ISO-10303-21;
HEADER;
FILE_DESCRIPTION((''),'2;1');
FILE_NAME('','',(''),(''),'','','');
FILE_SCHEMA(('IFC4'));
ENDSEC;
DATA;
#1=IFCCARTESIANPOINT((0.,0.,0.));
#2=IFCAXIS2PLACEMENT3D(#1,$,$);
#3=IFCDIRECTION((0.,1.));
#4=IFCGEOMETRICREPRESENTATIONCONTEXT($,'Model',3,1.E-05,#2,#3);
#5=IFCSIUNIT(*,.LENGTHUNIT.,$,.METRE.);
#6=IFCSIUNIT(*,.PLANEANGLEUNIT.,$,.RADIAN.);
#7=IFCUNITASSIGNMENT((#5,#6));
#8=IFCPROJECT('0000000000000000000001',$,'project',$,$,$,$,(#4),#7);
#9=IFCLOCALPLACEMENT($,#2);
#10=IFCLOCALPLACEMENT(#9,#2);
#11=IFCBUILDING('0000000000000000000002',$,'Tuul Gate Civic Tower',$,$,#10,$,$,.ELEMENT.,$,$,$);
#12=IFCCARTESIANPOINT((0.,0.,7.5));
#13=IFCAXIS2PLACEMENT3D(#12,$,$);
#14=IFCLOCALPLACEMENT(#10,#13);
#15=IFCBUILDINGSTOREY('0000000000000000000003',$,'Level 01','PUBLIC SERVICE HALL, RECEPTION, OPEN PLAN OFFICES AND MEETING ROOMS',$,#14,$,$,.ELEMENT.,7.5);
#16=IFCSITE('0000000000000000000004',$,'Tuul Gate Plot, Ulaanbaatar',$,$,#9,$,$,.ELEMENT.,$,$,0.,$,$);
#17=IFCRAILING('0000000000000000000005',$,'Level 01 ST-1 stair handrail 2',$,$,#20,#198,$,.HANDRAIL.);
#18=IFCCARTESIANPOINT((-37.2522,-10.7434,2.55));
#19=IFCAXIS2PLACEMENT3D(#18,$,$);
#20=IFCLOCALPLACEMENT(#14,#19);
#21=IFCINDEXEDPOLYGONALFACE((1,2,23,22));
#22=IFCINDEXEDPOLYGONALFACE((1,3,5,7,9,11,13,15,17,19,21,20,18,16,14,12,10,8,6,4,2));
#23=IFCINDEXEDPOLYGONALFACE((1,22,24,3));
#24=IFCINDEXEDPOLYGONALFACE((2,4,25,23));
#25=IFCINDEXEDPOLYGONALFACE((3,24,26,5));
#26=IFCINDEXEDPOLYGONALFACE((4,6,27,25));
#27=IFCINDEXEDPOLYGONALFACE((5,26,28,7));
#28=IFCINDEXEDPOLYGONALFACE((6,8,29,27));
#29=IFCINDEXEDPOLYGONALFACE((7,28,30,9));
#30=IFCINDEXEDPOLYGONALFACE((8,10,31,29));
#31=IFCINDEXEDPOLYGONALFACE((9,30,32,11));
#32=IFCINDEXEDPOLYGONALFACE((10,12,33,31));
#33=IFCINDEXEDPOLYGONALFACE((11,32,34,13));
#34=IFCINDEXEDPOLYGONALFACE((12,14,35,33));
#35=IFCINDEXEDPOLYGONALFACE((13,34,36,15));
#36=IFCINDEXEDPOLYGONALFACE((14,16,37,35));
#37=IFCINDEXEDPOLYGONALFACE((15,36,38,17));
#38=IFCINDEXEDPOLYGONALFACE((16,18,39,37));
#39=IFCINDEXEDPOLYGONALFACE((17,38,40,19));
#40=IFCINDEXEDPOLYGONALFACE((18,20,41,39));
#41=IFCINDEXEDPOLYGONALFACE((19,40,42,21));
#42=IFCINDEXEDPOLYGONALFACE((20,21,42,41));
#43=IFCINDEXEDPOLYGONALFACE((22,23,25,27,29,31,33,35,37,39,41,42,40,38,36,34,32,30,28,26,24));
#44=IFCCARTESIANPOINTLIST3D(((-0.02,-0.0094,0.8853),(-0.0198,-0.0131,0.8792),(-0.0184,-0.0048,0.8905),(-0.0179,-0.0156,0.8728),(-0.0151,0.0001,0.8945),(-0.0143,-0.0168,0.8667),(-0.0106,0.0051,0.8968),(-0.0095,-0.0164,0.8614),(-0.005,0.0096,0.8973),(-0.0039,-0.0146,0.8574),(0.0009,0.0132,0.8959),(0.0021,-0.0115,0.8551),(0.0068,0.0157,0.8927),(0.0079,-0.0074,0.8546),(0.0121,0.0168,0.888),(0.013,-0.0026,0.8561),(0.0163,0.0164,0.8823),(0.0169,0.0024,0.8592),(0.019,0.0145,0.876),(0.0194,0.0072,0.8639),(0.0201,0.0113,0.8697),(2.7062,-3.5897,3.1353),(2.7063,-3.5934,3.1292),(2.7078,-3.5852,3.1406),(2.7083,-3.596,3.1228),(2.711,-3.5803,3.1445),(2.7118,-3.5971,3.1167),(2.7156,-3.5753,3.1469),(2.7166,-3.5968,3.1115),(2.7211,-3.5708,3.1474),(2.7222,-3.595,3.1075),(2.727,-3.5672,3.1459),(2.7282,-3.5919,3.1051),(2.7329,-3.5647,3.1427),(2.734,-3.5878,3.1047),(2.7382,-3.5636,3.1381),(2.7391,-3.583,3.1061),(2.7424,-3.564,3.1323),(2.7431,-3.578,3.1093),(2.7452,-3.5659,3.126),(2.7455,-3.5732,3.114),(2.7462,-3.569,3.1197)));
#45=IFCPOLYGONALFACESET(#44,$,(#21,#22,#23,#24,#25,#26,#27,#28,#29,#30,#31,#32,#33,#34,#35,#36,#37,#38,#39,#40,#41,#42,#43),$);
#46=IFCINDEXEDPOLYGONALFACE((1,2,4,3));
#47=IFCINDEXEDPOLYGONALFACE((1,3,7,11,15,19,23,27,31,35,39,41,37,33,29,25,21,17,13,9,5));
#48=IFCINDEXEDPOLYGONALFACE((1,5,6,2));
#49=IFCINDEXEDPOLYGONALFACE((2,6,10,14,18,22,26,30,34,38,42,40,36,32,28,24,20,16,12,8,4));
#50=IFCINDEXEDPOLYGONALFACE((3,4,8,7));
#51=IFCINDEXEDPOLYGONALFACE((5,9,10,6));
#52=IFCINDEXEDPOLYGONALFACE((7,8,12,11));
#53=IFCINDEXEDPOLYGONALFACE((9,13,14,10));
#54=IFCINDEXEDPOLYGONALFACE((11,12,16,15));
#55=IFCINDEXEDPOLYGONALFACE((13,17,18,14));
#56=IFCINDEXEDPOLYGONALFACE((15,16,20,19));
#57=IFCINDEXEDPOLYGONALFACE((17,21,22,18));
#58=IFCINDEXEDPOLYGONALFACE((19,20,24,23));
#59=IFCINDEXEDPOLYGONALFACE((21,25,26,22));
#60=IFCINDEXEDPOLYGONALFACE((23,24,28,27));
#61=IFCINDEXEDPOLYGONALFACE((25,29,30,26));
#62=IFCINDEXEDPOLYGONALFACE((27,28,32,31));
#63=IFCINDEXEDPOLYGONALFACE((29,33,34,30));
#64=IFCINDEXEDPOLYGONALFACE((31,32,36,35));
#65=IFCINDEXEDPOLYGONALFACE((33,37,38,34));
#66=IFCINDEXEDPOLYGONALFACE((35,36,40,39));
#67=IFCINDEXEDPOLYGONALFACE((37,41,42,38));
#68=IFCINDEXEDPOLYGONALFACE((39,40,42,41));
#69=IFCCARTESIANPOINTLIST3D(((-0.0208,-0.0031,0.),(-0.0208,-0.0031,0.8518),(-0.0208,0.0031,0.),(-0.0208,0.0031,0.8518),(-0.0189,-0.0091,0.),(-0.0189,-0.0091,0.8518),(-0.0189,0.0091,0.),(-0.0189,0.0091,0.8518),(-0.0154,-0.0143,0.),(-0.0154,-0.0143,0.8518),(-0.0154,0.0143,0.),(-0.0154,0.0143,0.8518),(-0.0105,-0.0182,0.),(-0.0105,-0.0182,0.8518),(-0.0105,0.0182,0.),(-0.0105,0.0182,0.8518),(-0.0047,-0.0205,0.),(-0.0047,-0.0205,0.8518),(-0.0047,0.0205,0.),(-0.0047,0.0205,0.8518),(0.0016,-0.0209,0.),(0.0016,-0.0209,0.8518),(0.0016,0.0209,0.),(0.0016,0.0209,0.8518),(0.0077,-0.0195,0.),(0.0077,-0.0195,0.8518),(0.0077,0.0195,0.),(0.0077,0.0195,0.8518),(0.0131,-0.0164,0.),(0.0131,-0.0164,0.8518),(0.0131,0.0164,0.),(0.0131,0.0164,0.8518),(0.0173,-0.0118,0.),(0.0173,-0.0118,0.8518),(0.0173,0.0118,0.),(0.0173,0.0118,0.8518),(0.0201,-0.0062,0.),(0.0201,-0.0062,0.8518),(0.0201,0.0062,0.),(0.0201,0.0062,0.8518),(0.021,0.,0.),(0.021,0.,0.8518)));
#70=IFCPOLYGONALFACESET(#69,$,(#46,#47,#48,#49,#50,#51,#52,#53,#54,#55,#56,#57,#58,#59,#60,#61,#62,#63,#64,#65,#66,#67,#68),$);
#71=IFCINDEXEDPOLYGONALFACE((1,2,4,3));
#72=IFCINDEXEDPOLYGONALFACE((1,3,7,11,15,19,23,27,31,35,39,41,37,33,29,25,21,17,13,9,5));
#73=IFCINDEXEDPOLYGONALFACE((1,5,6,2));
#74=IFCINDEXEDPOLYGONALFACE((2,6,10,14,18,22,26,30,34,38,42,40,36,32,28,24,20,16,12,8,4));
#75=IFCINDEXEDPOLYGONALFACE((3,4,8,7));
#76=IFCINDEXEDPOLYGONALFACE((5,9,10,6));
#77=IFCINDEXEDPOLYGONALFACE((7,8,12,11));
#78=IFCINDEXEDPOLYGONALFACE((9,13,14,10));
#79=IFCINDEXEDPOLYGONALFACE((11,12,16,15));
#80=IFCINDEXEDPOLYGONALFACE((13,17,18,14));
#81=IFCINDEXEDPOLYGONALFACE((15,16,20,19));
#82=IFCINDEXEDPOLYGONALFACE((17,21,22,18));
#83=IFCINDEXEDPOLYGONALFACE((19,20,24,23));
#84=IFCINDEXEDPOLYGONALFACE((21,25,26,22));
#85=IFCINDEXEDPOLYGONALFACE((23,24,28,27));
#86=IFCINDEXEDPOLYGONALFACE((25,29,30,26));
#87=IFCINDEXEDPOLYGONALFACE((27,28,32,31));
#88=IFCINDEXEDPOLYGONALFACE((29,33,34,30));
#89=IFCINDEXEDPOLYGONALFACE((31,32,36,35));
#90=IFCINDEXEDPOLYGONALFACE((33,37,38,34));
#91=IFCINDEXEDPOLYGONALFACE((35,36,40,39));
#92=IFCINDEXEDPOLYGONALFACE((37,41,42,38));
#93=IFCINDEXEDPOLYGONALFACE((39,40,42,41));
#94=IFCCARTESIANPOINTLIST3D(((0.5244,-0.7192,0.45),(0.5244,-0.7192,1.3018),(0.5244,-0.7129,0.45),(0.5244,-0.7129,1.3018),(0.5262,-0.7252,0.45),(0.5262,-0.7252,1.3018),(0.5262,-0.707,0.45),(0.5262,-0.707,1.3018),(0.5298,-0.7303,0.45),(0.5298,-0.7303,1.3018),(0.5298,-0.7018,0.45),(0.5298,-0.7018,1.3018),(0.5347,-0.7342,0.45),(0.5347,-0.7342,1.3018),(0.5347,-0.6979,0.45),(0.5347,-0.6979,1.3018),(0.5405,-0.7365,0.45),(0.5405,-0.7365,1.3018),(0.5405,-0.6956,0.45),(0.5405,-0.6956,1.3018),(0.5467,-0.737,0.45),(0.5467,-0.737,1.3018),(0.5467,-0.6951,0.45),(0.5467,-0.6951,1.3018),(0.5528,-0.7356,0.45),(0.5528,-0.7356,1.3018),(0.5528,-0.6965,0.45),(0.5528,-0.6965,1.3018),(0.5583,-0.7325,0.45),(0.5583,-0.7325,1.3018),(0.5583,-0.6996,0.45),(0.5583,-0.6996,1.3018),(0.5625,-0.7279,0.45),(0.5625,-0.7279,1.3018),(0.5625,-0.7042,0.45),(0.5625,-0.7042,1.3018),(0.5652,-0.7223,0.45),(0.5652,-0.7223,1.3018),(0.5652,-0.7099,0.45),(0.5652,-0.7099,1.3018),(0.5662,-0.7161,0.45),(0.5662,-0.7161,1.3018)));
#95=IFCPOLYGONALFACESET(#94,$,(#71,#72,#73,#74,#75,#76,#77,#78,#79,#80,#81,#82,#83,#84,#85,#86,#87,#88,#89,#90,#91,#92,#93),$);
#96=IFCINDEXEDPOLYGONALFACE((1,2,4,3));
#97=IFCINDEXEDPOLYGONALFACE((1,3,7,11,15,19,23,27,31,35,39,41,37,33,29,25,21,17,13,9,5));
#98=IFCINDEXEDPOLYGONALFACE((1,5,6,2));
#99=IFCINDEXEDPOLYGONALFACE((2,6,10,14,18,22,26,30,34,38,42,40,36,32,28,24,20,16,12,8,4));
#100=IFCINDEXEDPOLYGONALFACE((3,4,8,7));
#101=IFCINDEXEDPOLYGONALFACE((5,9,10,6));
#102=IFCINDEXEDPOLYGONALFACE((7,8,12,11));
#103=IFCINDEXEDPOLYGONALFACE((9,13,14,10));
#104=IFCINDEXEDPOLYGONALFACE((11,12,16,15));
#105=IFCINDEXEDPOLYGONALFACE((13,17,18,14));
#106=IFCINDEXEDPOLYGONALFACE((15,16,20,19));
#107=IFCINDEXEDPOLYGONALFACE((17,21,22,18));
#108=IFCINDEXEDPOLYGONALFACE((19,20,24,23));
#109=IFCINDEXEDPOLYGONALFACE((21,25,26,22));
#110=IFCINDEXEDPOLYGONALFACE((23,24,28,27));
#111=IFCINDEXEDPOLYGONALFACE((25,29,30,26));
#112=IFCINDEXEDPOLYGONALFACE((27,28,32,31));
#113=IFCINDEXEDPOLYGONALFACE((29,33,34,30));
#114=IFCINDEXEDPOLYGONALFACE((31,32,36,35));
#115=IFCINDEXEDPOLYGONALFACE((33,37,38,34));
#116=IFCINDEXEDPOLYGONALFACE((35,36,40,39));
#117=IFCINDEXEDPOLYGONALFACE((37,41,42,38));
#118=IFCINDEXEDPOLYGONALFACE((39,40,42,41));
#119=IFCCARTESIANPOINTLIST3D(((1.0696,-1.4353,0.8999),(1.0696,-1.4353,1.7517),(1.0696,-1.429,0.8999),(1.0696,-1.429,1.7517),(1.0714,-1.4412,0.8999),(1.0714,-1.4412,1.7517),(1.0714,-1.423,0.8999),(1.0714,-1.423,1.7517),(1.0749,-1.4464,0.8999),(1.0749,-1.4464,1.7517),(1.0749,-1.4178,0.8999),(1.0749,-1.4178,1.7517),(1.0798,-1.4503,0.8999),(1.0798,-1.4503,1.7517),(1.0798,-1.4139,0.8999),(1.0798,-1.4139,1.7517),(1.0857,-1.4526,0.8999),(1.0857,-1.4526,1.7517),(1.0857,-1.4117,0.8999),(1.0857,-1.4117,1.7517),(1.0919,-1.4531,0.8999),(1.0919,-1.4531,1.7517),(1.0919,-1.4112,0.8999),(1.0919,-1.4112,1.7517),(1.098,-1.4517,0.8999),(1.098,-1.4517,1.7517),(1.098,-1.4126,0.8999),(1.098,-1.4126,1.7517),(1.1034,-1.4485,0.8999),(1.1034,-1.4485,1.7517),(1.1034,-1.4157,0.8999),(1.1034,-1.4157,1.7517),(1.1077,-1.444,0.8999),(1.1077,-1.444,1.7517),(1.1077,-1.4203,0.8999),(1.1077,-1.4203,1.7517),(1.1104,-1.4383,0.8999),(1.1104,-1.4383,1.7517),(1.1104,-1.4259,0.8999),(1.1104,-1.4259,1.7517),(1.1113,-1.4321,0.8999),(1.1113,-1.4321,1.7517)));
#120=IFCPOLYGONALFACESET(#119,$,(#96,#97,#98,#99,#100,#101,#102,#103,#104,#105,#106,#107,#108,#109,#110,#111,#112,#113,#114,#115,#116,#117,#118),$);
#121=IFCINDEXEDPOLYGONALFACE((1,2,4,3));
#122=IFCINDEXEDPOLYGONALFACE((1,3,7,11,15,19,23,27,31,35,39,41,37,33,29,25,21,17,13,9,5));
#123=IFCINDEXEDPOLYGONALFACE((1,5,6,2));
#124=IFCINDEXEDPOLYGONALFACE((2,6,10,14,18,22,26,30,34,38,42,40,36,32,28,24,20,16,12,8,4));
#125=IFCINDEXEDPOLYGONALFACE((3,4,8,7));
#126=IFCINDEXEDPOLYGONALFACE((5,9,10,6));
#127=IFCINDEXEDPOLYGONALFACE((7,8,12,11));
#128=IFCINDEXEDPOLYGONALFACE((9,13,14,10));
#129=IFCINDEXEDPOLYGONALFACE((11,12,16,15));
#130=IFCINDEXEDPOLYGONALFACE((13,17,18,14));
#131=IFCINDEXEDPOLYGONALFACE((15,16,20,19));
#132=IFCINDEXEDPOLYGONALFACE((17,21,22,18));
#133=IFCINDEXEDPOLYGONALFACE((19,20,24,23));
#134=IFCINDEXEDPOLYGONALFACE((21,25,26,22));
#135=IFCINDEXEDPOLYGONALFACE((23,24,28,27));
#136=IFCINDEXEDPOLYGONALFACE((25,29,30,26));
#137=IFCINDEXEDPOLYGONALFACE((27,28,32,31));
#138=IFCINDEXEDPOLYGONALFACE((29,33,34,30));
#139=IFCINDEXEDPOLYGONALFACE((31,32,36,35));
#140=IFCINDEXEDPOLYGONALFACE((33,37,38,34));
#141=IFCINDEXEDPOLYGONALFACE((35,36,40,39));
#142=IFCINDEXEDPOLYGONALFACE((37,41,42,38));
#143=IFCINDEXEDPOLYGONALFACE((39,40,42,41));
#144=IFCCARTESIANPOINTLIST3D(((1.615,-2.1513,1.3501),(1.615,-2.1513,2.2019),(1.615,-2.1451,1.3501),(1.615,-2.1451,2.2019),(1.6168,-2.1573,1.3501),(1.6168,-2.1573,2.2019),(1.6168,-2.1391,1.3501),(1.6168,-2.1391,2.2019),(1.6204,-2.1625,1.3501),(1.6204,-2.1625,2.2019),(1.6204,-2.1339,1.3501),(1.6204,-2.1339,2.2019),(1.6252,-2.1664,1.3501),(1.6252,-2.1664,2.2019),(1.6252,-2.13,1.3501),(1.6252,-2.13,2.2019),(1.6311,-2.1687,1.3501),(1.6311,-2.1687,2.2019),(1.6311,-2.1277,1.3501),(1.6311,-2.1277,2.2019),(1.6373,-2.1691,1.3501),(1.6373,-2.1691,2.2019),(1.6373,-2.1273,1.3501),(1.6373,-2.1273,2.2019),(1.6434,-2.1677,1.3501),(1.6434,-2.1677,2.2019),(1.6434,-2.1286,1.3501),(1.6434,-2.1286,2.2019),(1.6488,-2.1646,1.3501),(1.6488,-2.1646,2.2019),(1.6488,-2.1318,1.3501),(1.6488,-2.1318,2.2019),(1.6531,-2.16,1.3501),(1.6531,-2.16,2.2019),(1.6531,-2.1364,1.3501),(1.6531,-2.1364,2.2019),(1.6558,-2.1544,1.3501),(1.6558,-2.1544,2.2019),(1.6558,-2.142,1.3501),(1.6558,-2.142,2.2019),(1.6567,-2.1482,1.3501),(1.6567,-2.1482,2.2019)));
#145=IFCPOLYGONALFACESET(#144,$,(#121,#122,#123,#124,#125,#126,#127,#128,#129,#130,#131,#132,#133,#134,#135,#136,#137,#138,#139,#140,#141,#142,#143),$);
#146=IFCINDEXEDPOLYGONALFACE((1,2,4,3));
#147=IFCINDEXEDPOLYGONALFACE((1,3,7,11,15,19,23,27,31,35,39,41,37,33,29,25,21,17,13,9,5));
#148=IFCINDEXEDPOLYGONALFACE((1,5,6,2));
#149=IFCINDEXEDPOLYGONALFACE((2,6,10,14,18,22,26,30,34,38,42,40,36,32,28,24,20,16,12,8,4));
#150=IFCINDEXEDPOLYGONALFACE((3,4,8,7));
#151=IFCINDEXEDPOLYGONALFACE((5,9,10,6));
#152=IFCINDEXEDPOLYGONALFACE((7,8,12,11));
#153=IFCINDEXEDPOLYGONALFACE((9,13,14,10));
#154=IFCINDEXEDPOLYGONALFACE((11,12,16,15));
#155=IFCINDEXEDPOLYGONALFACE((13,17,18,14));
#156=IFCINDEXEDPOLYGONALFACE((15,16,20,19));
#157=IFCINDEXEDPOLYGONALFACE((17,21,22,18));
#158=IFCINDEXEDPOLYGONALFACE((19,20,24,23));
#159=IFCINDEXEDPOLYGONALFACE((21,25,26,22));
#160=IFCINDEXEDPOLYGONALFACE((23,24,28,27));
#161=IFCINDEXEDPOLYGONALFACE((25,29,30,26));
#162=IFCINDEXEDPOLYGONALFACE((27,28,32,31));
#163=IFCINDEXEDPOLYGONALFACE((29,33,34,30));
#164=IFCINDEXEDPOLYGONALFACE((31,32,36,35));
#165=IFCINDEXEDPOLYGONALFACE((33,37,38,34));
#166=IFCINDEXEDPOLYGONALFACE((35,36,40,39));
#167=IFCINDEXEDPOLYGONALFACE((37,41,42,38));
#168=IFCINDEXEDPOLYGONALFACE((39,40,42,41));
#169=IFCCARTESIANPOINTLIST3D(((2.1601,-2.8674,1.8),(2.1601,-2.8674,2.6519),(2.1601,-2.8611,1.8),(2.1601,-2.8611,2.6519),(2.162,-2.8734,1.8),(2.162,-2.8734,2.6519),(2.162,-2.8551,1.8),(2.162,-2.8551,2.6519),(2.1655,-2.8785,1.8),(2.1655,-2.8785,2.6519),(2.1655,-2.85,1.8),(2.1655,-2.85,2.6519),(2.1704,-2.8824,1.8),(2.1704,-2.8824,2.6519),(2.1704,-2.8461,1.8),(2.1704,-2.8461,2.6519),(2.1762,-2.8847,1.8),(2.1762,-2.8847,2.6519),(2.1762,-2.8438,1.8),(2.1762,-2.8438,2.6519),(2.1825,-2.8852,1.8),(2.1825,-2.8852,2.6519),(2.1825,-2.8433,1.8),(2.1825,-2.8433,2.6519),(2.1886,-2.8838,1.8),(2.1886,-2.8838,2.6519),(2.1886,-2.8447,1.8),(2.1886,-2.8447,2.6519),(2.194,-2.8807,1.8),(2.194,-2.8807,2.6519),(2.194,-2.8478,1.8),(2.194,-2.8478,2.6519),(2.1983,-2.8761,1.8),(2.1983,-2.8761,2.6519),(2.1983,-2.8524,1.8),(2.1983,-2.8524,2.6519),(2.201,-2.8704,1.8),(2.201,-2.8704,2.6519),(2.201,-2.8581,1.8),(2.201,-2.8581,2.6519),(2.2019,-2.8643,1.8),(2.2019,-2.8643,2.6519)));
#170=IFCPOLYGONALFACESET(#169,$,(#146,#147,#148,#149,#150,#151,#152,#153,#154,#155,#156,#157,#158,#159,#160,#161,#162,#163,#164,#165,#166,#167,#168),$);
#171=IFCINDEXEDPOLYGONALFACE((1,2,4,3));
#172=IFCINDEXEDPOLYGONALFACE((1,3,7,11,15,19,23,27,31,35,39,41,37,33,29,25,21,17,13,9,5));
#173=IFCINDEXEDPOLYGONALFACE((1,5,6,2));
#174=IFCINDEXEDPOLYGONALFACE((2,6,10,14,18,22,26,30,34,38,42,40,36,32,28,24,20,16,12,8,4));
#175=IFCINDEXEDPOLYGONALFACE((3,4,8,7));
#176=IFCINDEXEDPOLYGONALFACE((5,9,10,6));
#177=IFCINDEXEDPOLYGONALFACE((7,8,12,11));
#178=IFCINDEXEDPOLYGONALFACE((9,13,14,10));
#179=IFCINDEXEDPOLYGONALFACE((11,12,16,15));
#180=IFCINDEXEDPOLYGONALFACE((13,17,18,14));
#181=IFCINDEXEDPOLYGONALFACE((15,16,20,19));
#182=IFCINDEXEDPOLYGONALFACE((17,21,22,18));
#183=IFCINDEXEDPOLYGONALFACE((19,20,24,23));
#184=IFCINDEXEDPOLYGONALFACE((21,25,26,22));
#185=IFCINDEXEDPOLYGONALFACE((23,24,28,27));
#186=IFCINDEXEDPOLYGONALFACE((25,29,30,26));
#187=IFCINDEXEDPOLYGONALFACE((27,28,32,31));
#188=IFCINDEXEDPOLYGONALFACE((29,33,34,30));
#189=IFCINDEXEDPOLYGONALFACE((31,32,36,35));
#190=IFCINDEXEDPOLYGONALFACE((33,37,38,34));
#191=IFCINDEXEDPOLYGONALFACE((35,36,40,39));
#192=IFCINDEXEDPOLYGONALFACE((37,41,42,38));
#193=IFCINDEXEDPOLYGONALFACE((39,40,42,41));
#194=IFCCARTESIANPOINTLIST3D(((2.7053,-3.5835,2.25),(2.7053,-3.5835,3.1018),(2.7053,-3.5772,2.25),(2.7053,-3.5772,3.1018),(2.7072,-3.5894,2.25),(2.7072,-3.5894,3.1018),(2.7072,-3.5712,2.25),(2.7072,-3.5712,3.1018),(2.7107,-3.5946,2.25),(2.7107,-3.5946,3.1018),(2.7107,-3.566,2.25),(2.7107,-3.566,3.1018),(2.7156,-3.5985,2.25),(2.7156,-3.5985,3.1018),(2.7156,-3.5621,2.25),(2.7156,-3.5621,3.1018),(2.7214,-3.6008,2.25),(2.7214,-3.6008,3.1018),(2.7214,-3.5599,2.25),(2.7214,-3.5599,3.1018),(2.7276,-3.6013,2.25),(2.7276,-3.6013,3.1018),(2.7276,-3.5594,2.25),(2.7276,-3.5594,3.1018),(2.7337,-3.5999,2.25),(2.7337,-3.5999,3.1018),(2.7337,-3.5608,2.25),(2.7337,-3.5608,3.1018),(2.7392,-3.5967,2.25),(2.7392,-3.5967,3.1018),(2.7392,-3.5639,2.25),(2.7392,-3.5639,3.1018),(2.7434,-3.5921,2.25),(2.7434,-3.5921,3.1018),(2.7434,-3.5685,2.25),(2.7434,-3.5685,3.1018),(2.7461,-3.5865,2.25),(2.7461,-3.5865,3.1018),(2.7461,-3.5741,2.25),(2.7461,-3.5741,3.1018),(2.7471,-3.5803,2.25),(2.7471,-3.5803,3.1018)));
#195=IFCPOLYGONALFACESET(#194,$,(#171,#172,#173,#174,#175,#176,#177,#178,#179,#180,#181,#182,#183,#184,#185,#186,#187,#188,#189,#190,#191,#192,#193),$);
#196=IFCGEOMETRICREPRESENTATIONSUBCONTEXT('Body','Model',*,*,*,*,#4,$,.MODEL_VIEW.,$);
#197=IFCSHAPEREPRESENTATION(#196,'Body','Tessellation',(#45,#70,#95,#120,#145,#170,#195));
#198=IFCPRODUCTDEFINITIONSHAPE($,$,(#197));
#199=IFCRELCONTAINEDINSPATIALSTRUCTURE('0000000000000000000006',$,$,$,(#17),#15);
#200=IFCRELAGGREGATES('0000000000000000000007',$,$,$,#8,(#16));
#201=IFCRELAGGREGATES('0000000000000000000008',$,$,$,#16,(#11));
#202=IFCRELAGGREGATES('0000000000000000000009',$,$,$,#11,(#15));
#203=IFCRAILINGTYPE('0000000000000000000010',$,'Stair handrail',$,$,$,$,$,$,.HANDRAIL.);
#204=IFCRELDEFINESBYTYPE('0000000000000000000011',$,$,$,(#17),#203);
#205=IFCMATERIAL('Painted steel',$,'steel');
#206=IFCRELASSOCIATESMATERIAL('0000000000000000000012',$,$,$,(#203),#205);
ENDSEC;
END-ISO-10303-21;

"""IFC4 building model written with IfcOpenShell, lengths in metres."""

from ifc_helpers import new_model, si_unit, direction, frame, origin, origin_2d, place, context, subcontext, project, spatial, circle, extrude, material, type_object, element, save


model = new_model("IFC4")

# Units and contexts
model_context = context("Model", 3, precision=1e-05, world=origin(), true_north=direction((0.0, 1.0)))
body_context = subcontext(model_context, "Body", "Model", "MODEL_VIEW")
ifc_project = project(units=[si_unit("LENGTHUNIT", "METRE"), si_unit("PLANEANGLEUNIT", "RADIAN")], contexts=[model_context])

# Site, building, storey
site_placement = place(None, origin())
site = spatial("IfcSite", under=ifc_project, at=site_placement, Name="Tuul Gate Plot, Ulaanbaatar", CompositionType="ELEMENT", RefElevation=0.0)
building_placement = place(site_placement, origin())
building = spatial("IfcBuilding", under=site, at=building_placement, Name="Tuul Gate Civic Tower", CompositionType="ELEMENT")
storey_placement = place(building_placement, frame((0.0, 0.0, 7.5)))
storey = spatial("IfcBuildingStorey", under=building, at=storey_placement, Name="Level 01", Description="PUBLIC SERVICE HALL, RECEPTION, OPEN PLAN OFFICES AND MEETING ROOMS", CompositionType="ELEMENT", Elevation=7.5)

# Railing
ifc_material_1 = material(Name="Painted steel", Category="steel")
railing_type_1 = type_object("IfcRailingType", Name="Stair handrail", PredefinedType="HANDRAIL", material=ifc_material_1)
railing_1_placement = place(storey_placement, frame((-37.2522, -10.7434, 2.55)))
element("IfcRailing", 1, at=railing_1_placement, inside=storey, type_object=railing_type_1, Name="Level 01 ST-1 stair handrail 2", PredefinedType="HANDRAIL", context=body_context, shape_type="SweptSolid", body=[
    extrude(circle(Radius=0.0239, at=origin_2d()), frame((0.0, 0.0, 0.876), z_axis=(0.541837, -0.711628, 0.447212), x_axis=(0.795623, 0.605791, 0.0)), (0.0, 0.0, 1.0), 5.0312),
    extrude(circle(Radius=0.021, at=origin_2d()), origin(), (0.0, 0.0, 1.0), 0.8518),
    extrude(circle(Radius=0.021, at=origin_2d()), frame((0.5452, -0.7161, 0.45)), (0.0, 0.0, 1.0), 0.8518),
    extrude(circle(Radius=0.021, at=origin_2d()), frame((1.0903, -1.4321, 0.8999)), (0.0, 0.0, 1.0), 0.8518),
    extrude(circle(Radius=0.021, at=origin_2d()), frame((1.6357, -2.1482, 1.3501)), (0.0, 0.0, 1.0), 0.8518),
    extrude(circle(Radius=0.021, at=origin_2d()), frame((2.1809, -2.8643, 1.8)), (0.0, 0.0, 1.0), 0.8518),
    extrude(circle(Radius=0.021, at=origin_2d()), frame((2.7261, -3.5803, 2.25)), (0.0, 0.0, 1.0), 0.8518),
])

save(model, "model.ifc")
